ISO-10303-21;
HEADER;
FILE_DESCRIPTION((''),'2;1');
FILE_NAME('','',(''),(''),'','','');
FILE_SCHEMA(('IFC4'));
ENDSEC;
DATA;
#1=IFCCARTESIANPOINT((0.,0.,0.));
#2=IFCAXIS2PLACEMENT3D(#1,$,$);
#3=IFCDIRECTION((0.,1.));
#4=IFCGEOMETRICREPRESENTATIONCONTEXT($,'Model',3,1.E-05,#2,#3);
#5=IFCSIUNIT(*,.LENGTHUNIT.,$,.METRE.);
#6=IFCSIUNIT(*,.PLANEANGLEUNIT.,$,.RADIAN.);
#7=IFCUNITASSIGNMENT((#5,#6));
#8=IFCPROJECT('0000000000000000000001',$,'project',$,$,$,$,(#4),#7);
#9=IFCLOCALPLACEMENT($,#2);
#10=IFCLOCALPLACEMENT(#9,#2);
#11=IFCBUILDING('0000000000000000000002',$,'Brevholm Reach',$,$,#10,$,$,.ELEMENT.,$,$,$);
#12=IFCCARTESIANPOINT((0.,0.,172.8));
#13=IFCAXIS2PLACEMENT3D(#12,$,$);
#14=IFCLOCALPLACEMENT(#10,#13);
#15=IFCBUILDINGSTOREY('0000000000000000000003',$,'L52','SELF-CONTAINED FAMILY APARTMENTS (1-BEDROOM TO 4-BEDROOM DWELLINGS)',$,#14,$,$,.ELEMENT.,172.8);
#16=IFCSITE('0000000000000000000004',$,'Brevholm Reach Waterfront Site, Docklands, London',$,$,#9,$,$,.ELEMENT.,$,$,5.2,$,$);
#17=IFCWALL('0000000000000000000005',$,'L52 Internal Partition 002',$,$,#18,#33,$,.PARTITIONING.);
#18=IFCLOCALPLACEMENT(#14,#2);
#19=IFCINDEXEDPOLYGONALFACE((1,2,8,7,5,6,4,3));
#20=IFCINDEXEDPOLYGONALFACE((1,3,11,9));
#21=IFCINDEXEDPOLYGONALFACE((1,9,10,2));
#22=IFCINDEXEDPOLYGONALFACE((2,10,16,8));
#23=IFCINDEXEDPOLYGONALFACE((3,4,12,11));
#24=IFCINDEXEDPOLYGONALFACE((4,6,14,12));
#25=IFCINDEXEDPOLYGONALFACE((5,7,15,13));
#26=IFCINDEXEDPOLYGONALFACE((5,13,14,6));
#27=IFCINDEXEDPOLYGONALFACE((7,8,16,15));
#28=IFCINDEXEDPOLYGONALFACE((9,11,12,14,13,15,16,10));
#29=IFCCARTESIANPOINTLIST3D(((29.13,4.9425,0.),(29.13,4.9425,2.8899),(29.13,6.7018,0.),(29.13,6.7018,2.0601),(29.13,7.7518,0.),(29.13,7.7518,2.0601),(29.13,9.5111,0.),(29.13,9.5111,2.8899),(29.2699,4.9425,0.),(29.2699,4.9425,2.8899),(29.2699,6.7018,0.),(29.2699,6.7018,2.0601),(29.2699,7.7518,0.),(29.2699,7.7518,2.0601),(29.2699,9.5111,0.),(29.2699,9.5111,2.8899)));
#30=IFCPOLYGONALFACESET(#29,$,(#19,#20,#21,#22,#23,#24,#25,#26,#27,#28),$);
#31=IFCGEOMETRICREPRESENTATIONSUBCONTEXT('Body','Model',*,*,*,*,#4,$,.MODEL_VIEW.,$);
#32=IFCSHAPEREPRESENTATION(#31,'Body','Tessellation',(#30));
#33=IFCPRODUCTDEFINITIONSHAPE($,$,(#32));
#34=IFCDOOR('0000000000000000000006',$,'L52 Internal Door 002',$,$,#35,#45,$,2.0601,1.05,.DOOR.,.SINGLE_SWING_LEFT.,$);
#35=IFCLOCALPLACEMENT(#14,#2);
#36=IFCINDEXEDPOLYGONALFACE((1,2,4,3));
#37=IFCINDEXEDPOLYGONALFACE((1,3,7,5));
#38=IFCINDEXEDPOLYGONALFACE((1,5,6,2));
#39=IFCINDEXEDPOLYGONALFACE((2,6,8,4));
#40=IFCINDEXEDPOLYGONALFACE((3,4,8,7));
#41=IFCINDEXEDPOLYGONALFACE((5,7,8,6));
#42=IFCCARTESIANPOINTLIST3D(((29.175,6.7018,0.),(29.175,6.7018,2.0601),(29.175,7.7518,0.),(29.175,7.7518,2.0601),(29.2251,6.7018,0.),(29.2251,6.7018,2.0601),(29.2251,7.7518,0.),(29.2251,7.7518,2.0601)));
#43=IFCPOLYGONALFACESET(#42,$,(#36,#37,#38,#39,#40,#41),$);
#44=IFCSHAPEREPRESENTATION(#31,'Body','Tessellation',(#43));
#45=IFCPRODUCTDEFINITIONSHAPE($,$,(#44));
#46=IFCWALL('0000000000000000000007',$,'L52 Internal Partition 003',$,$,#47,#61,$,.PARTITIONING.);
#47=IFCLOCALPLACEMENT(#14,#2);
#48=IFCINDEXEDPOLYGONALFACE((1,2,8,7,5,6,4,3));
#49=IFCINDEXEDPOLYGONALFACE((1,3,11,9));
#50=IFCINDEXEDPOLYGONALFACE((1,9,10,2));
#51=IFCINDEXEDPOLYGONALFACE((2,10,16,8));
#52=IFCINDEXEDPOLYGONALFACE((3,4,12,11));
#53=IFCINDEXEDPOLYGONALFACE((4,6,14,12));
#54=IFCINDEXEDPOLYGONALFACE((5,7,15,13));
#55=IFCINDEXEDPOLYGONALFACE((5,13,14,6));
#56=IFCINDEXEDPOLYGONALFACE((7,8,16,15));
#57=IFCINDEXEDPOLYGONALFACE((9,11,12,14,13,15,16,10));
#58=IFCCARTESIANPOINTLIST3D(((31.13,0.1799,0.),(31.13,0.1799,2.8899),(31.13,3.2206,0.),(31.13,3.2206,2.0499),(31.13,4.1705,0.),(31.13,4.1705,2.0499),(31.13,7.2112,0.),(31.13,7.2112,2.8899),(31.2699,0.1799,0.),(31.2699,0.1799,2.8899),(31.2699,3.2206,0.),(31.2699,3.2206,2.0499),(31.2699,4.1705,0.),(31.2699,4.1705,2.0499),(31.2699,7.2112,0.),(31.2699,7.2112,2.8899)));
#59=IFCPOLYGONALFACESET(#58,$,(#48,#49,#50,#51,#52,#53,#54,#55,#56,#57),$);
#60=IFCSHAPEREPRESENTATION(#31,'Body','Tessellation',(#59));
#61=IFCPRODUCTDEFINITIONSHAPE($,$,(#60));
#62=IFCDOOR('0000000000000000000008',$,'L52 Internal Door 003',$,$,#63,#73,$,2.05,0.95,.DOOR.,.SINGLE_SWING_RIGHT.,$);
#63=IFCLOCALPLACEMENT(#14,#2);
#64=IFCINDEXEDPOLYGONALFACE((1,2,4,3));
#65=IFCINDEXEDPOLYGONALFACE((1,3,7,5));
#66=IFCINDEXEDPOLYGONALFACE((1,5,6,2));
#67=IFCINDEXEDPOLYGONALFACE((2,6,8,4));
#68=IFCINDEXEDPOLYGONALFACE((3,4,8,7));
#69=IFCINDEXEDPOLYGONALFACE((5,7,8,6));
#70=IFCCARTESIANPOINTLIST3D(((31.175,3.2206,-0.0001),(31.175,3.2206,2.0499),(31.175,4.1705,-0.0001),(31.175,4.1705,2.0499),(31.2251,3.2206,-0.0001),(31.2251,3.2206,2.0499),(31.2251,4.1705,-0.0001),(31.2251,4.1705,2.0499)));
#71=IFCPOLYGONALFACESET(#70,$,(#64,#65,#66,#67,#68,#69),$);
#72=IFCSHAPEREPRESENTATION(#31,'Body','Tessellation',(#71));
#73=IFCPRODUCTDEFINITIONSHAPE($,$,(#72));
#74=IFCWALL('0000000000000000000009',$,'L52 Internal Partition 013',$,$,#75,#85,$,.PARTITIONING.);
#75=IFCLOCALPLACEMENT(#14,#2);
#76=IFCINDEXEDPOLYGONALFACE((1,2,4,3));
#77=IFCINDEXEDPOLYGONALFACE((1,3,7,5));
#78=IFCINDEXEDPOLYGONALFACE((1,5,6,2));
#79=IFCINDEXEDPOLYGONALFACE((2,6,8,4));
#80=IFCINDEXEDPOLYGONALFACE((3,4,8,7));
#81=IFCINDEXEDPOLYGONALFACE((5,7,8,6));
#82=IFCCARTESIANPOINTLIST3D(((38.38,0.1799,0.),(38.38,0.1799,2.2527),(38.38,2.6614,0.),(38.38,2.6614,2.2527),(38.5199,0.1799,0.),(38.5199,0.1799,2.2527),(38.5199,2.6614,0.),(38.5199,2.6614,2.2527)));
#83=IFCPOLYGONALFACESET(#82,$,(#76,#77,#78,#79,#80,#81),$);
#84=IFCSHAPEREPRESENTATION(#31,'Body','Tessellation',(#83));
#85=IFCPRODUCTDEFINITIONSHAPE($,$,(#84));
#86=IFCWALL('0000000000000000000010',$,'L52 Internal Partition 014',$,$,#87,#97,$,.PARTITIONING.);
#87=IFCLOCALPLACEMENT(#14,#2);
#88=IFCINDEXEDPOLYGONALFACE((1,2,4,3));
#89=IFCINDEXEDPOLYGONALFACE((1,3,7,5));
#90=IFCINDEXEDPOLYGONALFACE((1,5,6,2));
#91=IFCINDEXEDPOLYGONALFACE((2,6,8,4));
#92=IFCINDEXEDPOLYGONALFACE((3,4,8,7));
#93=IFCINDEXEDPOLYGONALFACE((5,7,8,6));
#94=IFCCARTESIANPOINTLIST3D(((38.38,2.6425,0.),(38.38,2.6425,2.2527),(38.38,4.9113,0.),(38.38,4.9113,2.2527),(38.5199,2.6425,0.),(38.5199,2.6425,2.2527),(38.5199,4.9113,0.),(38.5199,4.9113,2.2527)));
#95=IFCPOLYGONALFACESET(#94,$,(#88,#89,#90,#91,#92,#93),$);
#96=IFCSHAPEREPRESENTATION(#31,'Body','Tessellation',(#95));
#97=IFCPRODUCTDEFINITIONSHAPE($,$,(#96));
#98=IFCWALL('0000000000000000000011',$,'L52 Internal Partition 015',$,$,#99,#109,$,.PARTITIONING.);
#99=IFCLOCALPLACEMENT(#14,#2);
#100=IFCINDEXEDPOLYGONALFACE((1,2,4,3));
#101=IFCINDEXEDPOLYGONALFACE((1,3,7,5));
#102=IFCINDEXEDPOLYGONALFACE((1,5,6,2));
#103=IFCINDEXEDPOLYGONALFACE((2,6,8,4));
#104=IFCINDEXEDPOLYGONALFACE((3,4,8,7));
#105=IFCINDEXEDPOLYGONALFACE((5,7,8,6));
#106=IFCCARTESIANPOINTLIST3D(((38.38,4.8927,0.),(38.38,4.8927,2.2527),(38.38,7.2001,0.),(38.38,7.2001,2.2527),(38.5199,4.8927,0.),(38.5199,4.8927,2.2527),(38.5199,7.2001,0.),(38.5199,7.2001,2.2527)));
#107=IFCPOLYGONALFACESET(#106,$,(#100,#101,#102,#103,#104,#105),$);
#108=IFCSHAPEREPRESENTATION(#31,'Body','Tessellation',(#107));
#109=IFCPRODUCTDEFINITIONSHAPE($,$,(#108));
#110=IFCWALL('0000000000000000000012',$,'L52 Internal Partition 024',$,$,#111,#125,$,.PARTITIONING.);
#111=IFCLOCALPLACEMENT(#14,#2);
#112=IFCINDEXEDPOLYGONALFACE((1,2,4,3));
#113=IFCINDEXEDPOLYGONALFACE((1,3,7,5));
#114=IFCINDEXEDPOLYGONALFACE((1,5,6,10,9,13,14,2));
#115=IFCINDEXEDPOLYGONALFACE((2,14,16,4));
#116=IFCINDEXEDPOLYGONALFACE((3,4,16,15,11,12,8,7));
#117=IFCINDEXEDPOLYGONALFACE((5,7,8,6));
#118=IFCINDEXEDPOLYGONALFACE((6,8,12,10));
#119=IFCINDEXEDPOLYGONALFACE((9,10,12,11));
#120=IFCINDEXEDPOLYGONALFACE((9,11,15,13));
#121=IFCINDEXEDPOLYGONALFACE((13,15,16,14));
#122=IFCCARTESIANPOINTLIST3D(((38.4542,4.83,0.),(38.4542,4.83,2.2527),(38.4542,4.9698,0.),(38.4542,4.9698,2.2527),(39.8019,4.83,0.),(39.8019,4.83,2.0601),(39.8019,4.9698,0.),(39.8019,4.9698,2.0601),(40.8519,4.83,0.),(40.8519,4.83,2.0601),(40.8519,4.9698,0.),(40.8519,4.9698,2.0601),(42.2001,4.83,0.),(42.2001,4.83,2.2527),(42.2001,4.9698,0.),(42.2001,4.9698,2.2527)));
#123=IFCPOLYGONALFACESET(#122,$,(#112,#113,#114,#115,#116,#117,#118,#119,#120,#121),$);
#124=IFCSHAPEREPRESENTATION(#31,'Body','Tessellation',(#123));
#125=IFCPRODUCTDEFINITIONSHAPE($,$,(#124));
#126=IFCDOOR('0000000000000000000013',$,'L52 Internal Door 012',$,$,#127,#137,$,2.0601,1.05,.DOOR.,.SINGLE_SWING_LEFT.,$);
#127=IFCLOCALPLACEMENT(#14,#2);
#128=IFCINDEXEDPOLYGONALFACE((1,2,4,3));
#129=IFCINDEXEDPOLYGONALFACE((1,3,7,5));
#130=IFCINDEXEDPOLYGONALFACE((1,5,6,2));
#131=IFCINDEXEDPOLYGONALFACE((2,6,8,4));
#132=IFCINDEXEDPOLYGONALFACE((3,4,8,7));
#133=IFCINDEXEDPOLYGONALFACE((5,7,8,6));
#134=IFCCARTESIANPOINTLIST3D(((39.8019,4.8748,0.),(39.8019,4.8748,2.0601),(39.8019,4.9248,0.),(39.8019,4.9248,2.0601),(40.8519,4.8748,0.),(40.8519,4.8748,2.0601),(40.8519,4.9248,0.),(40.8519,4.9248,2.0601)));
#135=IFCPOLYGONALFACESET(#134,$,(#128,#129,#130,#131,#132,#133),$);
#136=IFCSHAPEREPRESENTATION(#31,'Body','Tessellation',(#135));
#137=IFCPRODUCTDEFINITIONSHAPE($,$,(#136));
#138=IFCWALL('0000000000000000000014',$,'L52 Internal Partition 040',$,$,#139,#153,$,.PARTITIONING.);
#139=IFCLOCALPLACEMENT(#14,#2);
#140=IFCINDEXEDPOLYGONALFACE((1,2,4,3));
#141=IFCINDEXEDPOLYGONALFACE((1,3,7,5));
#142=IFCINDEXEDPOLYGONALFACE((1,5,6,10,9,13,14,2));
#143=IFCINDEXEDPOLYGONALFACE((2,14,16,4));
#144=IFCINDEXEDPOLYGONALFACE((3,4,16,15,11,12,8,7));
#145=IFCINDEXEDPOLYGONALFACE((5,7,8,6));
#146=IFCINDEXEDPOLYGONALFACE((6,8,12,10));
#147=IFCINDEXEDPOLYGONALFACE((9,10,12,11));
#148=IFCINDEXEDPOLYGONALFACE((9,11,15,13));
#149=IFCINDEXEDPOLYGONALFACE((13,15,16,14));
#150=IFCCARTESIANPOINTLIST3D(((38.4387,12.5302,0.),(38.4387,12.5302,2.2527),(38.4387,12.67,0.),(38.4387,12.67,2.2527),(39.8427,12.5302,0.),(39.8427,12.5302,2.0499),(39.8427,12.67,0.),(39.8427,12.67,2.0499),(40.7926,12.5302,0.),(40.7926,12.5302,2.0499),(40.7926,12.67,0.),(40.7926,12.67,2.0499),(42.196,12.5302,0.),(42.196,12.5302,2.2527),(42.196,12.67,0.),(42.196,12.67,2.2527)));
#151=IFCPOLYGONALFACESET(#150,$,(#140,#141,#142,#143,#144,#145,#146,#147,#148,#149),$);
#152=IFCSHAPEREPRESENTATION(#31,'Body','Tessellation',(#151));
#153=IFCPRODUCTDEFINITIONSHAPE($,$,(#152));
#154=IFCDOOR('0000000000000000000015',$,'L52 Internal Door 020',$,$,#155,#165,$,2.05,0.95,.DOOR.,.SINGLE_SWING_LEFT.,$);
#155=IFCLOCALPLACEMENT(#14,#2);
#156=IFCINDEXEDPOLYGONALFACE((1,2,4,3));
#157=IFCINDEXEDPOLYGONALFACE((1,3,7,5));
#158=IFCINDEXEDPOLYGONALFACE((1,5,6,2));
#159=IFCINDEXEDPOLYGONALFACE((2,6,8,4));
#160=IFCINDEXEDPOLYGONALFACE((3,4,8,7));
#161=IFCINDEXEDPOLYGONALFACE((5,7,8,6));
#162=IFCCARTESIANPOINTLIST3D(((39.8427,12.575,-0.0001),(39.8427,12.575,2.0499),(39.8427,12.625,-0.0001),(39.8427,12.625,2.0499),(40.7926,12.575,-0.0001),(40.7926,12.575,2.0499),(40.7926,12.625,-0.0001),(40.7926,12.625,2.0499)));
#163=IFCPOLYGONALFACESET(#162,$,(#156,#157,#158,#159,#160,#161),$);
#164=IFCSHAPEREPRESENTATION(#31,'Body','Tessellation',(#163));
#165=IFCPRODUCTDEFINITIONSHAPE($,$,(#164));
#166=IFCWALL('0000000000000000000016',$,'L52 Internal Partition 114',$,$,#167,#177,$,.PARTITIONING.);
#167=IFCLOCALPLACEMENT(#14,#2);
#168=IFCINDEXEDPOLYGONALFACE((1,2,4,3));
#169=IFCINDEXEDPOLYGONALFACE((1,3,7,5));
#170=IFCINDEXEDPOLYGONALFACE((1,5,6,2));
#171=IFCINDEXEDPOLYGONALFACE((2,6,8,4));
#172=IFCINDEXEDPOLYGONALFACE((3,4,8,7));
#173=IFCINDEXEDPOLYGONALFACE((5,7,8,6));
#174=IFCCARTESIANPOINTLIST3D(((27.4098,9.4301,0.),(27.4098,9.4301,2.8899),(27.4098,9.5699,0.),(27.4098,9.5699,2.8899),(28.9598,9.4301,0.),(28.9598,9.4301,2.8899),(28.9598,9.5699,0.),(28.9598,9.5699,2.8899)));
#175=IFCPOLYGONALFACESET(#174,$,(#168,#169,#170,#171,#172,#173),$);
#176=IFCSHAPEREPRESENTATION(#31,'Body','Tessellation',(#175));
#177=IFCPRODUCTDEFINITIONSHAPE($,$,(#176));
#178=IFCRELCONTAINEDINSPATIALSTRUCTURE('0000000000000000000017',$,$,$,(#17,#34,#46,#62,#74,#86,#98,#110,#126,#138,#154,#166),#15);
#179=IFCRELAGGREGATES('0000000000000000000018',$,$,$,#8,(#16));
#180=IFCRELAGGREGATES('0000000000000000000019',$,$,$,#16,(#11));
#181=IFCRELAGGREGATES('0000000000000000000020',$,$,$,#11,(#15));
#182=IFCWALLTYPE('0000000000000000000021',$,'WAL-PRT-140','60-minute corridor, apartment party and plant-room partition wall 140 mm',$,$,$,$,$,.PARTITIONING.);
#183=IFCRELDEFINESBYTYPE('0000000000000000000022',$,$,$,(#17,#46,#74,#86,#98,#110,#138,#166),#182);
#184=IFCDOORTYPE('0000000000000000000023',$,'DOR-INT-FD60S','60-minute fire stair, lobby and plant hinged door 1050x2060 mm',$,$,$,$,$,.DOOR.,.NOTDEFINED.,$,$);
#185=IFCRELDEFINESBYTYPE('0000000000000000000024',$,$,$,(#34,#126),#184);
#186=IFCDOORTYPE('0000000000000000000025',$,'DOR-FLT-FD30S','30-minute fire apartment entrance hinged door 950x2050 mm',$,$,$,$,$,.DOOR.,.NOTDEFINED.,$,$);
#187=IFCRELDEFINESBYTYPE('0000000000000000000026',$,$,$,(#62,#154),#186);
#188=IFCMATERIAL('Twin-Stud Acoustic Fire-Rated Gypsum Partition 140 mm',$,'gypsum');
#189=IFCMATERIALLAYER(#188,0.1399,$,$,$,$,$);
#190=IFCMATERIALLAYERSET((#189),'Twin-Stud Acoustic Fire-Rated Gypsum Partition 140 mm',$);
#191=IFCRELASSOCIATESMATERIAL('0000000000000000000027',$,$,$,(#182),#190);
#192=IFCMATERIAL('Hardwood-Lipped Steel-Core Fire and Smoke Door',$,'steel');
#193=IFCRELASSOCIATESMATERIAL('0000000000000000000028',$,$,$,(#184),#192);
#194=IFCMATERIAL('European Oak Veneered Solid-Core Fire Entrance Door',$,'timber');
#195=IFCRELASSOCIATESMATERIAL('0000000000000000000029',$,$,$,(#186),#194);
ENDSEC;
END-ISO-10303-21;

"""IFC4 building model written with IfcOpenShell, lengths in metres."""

from ifc_helpers import new_model, si_unit, direction, frame, frame_2d, origin, place, context, subcontext, project, spatial, rectangle, extrude, material, layer, layer_set, type_object, element, fill, save


model = new_model("IFC4")

# Units and contexts
model_context = context("Model", 3, precision=1e-05, world=origin(), true_north=direction((0.0, 1.0)))
body_context = subcontext(model_context, "Body", "Model", "MODEL_VIEW")
ifc_project = project(units=[si_unit("LENGTHUNIT", "METRE"), si_unit("PLANEANGLEUNIT", "RADIAN")], contexts=[model_context])

# Site, building, storey
site_placement = place(None, origin())
site = spatial("IfcSite", under=ifc_project, at=site_placement, Name="Brevholm Reach Waterfront Site, Docklands, London", CompositionType="ELEMENT", RefElevation=5.2)
building_placement = place(site_placement, origin())
building = spatial("IfcBuilding", under=site, at=building_placement, Name="Brevholm Reach", CompositionType="ELEMENT")
storey_placement = place(building_placement, frame((0.0, 0.0, 172.8)))
storey = spatial("IfcBuildingStorey", under=building, at=storey_placement, Name="L52", Description="SELF-CONTAINED FAMILY APARTMENTS (1-BEDROOM TO 4-BEDROOM DWELLINGS)", CompositionType="ELEMENT", Elevation=172.8)

# Walls, openings, doors
ifc_material_1 = material(Name="Twin-Stud Acoustic Fire-Rated Gypsum Partition 140 mm", Category="gypsum")
ifc_layer_1 = layer(ifc_material_1, 0.1399)
ifc_layer_set_1 = layer_set([ifc_layer_1], Name="Twin-Stud Acoustic Fire-Rated Gypsum Partition 140 mm")
wall_type = type_object("IfcWallType", Name="WAL-PRT-140", Description="60-minute corridor, apartment party and plant-room partition wall 140 mm", PredefinedType="PARTITIONING", material=ifc_layer_set_1)
ifc_material_2 = material(Name="Hardwood-Lipped Steel-Core Fire and Smoke Door", Category="steel")
door_type_1 = type_object("IfcDoorType", Name="DOR-INT-FD60S", Description="60-minute fire stair, lobby and plant hinged door 1050x2060 mm", OperationType="NOTDEFINED", PredefinedType="DOOR", material=ifc_material_2)
wall_1_placement = place(storey_placement, frame((29.2, 4.9426, 0.0), z_axis=(0.0, 0.0, 1.0), x_axis=(0.0, 1.0, 0.0)))
wall_1 = element("IfcWall", 1, at=wall_1_placement, inside=storey, type_object=wall_type, Name="L52 Internal Partition 002", PredefinedType="PARTITIONING", context=body_context, shape_type="SweptSolid", body=[
    extrude(rectangle(XDim=4.5686, YDim=0.1399, at=frame_2d((2.2842, 0.0))), origin(), (0.0, 0.0, 1.0), 2.8899),
])
opening_1_placement = place(wall_1_placement, frame((1.7593, 0.0, 0.0)))
opening_1 = element("IfcOpeningElement", 2, at=opening_1_placement, cuts=wall_1, PredefinedType="OPENING", context=body_context, shape_type="SweptSolid", body=[
    extrude(rectangle(XDim=1.05, YDim=2.0601, at=frame_2d((0.5249, 1.03))), frame((0.0, 0.0798, 0.0), z_axis=(0.0, -1.0, 0.0), x_axis=(1.0, 0.0, 0.0)), (0.0, 0.0, 1.0), 0.1599),
])
door_1_placement = place(opening_1_placement, origin())
door_1 = element("IfcDoor", 3, at=door_1_placement, inside=storey, type_object=door_type_1, Name="L52 Internal Door 002", OperationType="SINGLE_SWING_LEFT", OverallHeight=2.0601, OverallWidth=1.05, PredefinedType="DOOR", context=body_context, shape_type="SweptSolid", body=[
    extrude(rectangle(XDim=1.05, YDim=2.0601, at=frame_2d((0.5249, 1.03))), frame((0.0, 0.0249, 0.0), z_axis=(0.0, -1.0, 0.0), x_axis=(1.0, 0.0, 0.0)), (0.0, 0.0, 1.0), 0.05),
])
fill(opening_1, door_1)
wall_2_placement = place(storey_placement, frame((31.2, 0.1799, 0.0), z_axis=(0.0, 0.0, 1.0), x_axis=(0.0, 1.0, 0.0)))
wall_2 = element("IfcWall", 4, at=wall_2_placement, inside=storey, type_object=wall_type, Name="L52 Internal Partition 003", PredefinedType="PARTITIONING", context=body_context, shape_type="SweptSolid", body=[
    extrude(rectangle(XDim=7.0312, YDim=0.1399, at=frame_2d((3.5156, 0.0))), origin(), (0.0, 0.0, 1.0), 2.8899),
])
opening_2_placement = place(wall_2_placement, frame((3.0405, 0.0, 0.0)))
opening_2 = element("IfcOpeningElement", 5, at=opening_2_placement, cuts=wall_2, PredefinedType="OPENING", context=body_context, shape_type="SweptSolid", body=[
    extrude(rectangle(XDim=0.95, YDim=2.05, at=frame_2d((0.4751, 1.0249))), frame((0.0, 0.0798, 0.0), z_axis=(0.0, -1.0, 0.0), x_axis=(1.0, 0.0, 0.0)), (0.0, 0.0, 1.0), 0.1599),
])
ifc_material_3 = material(Name="European Oak Veneered Solid-Core Fire Entrance Door", Category="timber")
door_type_2 = type_object("IfcDoorType", Name="DOR-FLT-FD30S", Description="30-minute fire apartment entrance hinged door 950x2050 mm", OperationType="NOTDEFINED", PredefinedType="DOOR", material=ifc_material_3)
door_2_placement = place(opening_2_placement, origin())
door_2 = element("IfcDoor", 6, at=door_2_placement, inside=storey, type_object=door_type_2, Name="L52 Internal Door 003", OperationType="SINGLE_SWING_RIGHT", OverallHeight=2.05, OverallWidth=0.95, PredefinedType="DOOR", context=body_context, shape_type="SweptSolid", body=[
    extrude(rectangle(XDim=0.95, YDim=2.05, at=frame_2d((0.4751, 1.0249))), frame((0.0, 0.0249, 0.0), z_axis=(0.0, -1.0, 0.0), x_axis=(1.0, 0.0, 0.0)), (0.0, 0.0, 1.0), 0.05),
])
fill(opening_2, door_2)

# Walls
wall_3_placement = place(storey_placement, frame((38.45, 0.1799, 0.0), z_axis=(0.0, 0.0, 1.0), x_axis=(0.0, 1.0, 0.0)))
element("IfcWall", 7, at=wall_3_placement, inside=storey, type_object=wall_type, Name="L52 Internal Partition 013", PredefinedType="PARTITIONING", context=body_context, shape_type="SweptSolid", body=[
    extrude(rectangle(XDim=2.4814, YDim=0.1399, at=frame_2d((1.2407, 0.0))), origin(), (0.0, 0.0, 1.0), 2.2527),
])
wall_4_placement = place(storey_placement, frame((38.45, 2.6426, 0.0), z_axis=(0.0, 0.0, 1.0), x_axis=(0.0, 1.0, 0.0)))
element("IfcWall", 8, at=wall_4_placement, inside=storey, type_object=wall_type, Name="L52 Internal Partition 014", PredefinedType="PARTITIONING", context=body_context, shape_type="SweptSolid", body=[
    extrude(rectangle(XDim=2.2688, YDim=0.1399, at=frame_2d((1.1343, 0.0))), origin(), (0.0, 0.0, 1.0), 2.2527),
])
wall_5_placement = place(storey_placement, frame((38.45, 4.8926, 0.0), z_axis=(0.0, 0.0, 1.0), x_axis=(0.0, 1.0, 0.0)))
element("IfcWall", 9, at=wall_5_placement, inside=storey, type_object=wall_type, Name="L52 Internal Partition 015", PredefinedType="PARTITIONING", context=body_context, shape_type="SweptSolid", body=[
    extrude(rectangle(XDim=2.3074, YDim=0.1399, at=frame_2d((1.1538, 0.0))), origin(), (0.0, 0.0, 1.0), 2.2527),
])

# Walls, openings, doors
wall_6_placement = place(storey_placement, frame((38.4541, 4.8999, 0.0), z_axis=(0.0, 0.0, 1.0), x_axis=(1.0, 0.0, 0.0)))
wall_6 = element("IfcWall", 10, at=wall_6_placement, inside=storey, type_object=wall_type, Name="L52 Internal Partition 024", PredefinedType="PARTITIONING", context=body_context, shape_type="SweptSolid", body=[
    extrude(rectangle(XDim=3.7458, YDim=0.1399, at=frame_2d((1.873, 0.0))), origin(), (0.0, 0.0, 1.0), 2.2527),
])
opening_3_placement = place(wall_6_placement, frame((1.3479, 0.0, 0.0)))
opening_3 = element("IfcOpeningElement", 11, at=opening_3_placement, cuts=wall_6, PredefinedType="OPENING", context=body_context, shape_type="SweptSolid", body=[
    extrude(rectangle(XDim=1.05, YDim=2.0601, at=frame_2d((0.5249, 1.03))), frame((0.0, 0.0798, 0.0), z_axis=(0.0, -1.0, 0.0), x_axis=(1.0, 0.0, 0.0)), (0.0, 0.0, 1.0), 0.1599),
])
door_3_placement = place(opening_3_placement, origin())
door_3 = element("IfcDoor", 12, at=door_3_placement, inside=storey, type_object=door_type_1, Name="L52 Internal Door 012", OperationType="SINGLE_SWING_LEFT", OverallHeight=2.0601, OverallWidth=1.05, PredefinedType="DOOR", context=body_context, shape_type="SweptSolid", body=[
    extrude(rectangle(XDim=1.05, YDim=2.0601, at=frame_2d((0.5249, 1.03))), frame((0.0, 0.0249, 0.0), z_axis=(0.0, -1.0, 0.0), x_axis=(1.0, 0.0, 0.0)), (0.0, 0.0, 1.0), 0.05),
])
fill(opening_3, door_3)
wall_7_placement = place(storey_placement, frame((38.4387, 12.6001, 0.0), z_axis=(0.0, 0.0, 1.0), x_axis=(1.0, 0.0, 0.0)))
wall_7 = element("IfcWall", 13, at=wall_7_placement, inside=storey, type_object=wall_type, Name="L52 Internal Partition 040", PredefinedType="PARTITIONING", context=body_context, shape_type="SweptSolid", body=[
    extrude(rectangle(XDim=3.7573, YDim=0.1399, at=frame_2d((1.8787, 0.0))), origin(), (0.0, 0.0, 1.0), 2.2527),
])
opening_4_placement = place(wall_7_placement, frame((1.4038, 0.0, 0.0)))
opening_4 = element("IfcOpeningElement", 14, at=opening_4_placement, cuts=wall_7, PredefinedType="OPENING", context=body_context, shape_type="SweptSolid", body=[
    extrude(rectangle(XDim=0.95, YDim=2.05, at=frame_2d((0.4751, 1.0249))), frame((0.0, 0.0798, 0.0), z_axis=(0.0, -1.0, 0.0), x_axis=(1.0, 0.0, 0.0)), (0.0, 0.0, 1.0), 0.1599),
])
door_4_placement = place(opening_4_placement, origin())
door_4 = element("IfcDoor", 15, at=door_4_placement, inside=storey, type_object=door_type_2, Name="L52 Internal Door 020", OperationType="SINGLE_SWING_LEFT", OverallHeight=2.05, OverallWidth=0.95, PredefinedType="DOOR", context=body_context, shape_type="SweptSolid", body=[
    extrude(rectangle(XDim=0.95, YDim=2.05, at=frame_2d((0.4751, 1.0249))), frame((0.0, 0.0249, 0.0), z_axis=(0.0, -1.0, 0.0), x_axis=(1.0, 0.0, 0.0)), (0.0, 0.0, 1.0), 0.05),
])
fill(opening_4, door_4)

# Wall
wall_8_placement = place(storey_placement, frame((27.4099, 9.5, 0.0), z_axis=(0.0, 0.0, 1.0), x_axis=(1.0, 0.0, 0.0)))
element("IfcWall", 16, at=wall_8_placement, inside=storey, type_object=wall_type, Name="L52 Internal Partition 114", PredefinedType="PARTITIONING", context=body_context, shape_type="SweptSolid", body=[
    extrude(rectangle(XDim=1.55, YDim=0.1399, at=frame_2d((0.7749, 0.0))), origin(), (0.0, 0.0, 1.0), 2.8899),
])

save(model, "model.ifc")
